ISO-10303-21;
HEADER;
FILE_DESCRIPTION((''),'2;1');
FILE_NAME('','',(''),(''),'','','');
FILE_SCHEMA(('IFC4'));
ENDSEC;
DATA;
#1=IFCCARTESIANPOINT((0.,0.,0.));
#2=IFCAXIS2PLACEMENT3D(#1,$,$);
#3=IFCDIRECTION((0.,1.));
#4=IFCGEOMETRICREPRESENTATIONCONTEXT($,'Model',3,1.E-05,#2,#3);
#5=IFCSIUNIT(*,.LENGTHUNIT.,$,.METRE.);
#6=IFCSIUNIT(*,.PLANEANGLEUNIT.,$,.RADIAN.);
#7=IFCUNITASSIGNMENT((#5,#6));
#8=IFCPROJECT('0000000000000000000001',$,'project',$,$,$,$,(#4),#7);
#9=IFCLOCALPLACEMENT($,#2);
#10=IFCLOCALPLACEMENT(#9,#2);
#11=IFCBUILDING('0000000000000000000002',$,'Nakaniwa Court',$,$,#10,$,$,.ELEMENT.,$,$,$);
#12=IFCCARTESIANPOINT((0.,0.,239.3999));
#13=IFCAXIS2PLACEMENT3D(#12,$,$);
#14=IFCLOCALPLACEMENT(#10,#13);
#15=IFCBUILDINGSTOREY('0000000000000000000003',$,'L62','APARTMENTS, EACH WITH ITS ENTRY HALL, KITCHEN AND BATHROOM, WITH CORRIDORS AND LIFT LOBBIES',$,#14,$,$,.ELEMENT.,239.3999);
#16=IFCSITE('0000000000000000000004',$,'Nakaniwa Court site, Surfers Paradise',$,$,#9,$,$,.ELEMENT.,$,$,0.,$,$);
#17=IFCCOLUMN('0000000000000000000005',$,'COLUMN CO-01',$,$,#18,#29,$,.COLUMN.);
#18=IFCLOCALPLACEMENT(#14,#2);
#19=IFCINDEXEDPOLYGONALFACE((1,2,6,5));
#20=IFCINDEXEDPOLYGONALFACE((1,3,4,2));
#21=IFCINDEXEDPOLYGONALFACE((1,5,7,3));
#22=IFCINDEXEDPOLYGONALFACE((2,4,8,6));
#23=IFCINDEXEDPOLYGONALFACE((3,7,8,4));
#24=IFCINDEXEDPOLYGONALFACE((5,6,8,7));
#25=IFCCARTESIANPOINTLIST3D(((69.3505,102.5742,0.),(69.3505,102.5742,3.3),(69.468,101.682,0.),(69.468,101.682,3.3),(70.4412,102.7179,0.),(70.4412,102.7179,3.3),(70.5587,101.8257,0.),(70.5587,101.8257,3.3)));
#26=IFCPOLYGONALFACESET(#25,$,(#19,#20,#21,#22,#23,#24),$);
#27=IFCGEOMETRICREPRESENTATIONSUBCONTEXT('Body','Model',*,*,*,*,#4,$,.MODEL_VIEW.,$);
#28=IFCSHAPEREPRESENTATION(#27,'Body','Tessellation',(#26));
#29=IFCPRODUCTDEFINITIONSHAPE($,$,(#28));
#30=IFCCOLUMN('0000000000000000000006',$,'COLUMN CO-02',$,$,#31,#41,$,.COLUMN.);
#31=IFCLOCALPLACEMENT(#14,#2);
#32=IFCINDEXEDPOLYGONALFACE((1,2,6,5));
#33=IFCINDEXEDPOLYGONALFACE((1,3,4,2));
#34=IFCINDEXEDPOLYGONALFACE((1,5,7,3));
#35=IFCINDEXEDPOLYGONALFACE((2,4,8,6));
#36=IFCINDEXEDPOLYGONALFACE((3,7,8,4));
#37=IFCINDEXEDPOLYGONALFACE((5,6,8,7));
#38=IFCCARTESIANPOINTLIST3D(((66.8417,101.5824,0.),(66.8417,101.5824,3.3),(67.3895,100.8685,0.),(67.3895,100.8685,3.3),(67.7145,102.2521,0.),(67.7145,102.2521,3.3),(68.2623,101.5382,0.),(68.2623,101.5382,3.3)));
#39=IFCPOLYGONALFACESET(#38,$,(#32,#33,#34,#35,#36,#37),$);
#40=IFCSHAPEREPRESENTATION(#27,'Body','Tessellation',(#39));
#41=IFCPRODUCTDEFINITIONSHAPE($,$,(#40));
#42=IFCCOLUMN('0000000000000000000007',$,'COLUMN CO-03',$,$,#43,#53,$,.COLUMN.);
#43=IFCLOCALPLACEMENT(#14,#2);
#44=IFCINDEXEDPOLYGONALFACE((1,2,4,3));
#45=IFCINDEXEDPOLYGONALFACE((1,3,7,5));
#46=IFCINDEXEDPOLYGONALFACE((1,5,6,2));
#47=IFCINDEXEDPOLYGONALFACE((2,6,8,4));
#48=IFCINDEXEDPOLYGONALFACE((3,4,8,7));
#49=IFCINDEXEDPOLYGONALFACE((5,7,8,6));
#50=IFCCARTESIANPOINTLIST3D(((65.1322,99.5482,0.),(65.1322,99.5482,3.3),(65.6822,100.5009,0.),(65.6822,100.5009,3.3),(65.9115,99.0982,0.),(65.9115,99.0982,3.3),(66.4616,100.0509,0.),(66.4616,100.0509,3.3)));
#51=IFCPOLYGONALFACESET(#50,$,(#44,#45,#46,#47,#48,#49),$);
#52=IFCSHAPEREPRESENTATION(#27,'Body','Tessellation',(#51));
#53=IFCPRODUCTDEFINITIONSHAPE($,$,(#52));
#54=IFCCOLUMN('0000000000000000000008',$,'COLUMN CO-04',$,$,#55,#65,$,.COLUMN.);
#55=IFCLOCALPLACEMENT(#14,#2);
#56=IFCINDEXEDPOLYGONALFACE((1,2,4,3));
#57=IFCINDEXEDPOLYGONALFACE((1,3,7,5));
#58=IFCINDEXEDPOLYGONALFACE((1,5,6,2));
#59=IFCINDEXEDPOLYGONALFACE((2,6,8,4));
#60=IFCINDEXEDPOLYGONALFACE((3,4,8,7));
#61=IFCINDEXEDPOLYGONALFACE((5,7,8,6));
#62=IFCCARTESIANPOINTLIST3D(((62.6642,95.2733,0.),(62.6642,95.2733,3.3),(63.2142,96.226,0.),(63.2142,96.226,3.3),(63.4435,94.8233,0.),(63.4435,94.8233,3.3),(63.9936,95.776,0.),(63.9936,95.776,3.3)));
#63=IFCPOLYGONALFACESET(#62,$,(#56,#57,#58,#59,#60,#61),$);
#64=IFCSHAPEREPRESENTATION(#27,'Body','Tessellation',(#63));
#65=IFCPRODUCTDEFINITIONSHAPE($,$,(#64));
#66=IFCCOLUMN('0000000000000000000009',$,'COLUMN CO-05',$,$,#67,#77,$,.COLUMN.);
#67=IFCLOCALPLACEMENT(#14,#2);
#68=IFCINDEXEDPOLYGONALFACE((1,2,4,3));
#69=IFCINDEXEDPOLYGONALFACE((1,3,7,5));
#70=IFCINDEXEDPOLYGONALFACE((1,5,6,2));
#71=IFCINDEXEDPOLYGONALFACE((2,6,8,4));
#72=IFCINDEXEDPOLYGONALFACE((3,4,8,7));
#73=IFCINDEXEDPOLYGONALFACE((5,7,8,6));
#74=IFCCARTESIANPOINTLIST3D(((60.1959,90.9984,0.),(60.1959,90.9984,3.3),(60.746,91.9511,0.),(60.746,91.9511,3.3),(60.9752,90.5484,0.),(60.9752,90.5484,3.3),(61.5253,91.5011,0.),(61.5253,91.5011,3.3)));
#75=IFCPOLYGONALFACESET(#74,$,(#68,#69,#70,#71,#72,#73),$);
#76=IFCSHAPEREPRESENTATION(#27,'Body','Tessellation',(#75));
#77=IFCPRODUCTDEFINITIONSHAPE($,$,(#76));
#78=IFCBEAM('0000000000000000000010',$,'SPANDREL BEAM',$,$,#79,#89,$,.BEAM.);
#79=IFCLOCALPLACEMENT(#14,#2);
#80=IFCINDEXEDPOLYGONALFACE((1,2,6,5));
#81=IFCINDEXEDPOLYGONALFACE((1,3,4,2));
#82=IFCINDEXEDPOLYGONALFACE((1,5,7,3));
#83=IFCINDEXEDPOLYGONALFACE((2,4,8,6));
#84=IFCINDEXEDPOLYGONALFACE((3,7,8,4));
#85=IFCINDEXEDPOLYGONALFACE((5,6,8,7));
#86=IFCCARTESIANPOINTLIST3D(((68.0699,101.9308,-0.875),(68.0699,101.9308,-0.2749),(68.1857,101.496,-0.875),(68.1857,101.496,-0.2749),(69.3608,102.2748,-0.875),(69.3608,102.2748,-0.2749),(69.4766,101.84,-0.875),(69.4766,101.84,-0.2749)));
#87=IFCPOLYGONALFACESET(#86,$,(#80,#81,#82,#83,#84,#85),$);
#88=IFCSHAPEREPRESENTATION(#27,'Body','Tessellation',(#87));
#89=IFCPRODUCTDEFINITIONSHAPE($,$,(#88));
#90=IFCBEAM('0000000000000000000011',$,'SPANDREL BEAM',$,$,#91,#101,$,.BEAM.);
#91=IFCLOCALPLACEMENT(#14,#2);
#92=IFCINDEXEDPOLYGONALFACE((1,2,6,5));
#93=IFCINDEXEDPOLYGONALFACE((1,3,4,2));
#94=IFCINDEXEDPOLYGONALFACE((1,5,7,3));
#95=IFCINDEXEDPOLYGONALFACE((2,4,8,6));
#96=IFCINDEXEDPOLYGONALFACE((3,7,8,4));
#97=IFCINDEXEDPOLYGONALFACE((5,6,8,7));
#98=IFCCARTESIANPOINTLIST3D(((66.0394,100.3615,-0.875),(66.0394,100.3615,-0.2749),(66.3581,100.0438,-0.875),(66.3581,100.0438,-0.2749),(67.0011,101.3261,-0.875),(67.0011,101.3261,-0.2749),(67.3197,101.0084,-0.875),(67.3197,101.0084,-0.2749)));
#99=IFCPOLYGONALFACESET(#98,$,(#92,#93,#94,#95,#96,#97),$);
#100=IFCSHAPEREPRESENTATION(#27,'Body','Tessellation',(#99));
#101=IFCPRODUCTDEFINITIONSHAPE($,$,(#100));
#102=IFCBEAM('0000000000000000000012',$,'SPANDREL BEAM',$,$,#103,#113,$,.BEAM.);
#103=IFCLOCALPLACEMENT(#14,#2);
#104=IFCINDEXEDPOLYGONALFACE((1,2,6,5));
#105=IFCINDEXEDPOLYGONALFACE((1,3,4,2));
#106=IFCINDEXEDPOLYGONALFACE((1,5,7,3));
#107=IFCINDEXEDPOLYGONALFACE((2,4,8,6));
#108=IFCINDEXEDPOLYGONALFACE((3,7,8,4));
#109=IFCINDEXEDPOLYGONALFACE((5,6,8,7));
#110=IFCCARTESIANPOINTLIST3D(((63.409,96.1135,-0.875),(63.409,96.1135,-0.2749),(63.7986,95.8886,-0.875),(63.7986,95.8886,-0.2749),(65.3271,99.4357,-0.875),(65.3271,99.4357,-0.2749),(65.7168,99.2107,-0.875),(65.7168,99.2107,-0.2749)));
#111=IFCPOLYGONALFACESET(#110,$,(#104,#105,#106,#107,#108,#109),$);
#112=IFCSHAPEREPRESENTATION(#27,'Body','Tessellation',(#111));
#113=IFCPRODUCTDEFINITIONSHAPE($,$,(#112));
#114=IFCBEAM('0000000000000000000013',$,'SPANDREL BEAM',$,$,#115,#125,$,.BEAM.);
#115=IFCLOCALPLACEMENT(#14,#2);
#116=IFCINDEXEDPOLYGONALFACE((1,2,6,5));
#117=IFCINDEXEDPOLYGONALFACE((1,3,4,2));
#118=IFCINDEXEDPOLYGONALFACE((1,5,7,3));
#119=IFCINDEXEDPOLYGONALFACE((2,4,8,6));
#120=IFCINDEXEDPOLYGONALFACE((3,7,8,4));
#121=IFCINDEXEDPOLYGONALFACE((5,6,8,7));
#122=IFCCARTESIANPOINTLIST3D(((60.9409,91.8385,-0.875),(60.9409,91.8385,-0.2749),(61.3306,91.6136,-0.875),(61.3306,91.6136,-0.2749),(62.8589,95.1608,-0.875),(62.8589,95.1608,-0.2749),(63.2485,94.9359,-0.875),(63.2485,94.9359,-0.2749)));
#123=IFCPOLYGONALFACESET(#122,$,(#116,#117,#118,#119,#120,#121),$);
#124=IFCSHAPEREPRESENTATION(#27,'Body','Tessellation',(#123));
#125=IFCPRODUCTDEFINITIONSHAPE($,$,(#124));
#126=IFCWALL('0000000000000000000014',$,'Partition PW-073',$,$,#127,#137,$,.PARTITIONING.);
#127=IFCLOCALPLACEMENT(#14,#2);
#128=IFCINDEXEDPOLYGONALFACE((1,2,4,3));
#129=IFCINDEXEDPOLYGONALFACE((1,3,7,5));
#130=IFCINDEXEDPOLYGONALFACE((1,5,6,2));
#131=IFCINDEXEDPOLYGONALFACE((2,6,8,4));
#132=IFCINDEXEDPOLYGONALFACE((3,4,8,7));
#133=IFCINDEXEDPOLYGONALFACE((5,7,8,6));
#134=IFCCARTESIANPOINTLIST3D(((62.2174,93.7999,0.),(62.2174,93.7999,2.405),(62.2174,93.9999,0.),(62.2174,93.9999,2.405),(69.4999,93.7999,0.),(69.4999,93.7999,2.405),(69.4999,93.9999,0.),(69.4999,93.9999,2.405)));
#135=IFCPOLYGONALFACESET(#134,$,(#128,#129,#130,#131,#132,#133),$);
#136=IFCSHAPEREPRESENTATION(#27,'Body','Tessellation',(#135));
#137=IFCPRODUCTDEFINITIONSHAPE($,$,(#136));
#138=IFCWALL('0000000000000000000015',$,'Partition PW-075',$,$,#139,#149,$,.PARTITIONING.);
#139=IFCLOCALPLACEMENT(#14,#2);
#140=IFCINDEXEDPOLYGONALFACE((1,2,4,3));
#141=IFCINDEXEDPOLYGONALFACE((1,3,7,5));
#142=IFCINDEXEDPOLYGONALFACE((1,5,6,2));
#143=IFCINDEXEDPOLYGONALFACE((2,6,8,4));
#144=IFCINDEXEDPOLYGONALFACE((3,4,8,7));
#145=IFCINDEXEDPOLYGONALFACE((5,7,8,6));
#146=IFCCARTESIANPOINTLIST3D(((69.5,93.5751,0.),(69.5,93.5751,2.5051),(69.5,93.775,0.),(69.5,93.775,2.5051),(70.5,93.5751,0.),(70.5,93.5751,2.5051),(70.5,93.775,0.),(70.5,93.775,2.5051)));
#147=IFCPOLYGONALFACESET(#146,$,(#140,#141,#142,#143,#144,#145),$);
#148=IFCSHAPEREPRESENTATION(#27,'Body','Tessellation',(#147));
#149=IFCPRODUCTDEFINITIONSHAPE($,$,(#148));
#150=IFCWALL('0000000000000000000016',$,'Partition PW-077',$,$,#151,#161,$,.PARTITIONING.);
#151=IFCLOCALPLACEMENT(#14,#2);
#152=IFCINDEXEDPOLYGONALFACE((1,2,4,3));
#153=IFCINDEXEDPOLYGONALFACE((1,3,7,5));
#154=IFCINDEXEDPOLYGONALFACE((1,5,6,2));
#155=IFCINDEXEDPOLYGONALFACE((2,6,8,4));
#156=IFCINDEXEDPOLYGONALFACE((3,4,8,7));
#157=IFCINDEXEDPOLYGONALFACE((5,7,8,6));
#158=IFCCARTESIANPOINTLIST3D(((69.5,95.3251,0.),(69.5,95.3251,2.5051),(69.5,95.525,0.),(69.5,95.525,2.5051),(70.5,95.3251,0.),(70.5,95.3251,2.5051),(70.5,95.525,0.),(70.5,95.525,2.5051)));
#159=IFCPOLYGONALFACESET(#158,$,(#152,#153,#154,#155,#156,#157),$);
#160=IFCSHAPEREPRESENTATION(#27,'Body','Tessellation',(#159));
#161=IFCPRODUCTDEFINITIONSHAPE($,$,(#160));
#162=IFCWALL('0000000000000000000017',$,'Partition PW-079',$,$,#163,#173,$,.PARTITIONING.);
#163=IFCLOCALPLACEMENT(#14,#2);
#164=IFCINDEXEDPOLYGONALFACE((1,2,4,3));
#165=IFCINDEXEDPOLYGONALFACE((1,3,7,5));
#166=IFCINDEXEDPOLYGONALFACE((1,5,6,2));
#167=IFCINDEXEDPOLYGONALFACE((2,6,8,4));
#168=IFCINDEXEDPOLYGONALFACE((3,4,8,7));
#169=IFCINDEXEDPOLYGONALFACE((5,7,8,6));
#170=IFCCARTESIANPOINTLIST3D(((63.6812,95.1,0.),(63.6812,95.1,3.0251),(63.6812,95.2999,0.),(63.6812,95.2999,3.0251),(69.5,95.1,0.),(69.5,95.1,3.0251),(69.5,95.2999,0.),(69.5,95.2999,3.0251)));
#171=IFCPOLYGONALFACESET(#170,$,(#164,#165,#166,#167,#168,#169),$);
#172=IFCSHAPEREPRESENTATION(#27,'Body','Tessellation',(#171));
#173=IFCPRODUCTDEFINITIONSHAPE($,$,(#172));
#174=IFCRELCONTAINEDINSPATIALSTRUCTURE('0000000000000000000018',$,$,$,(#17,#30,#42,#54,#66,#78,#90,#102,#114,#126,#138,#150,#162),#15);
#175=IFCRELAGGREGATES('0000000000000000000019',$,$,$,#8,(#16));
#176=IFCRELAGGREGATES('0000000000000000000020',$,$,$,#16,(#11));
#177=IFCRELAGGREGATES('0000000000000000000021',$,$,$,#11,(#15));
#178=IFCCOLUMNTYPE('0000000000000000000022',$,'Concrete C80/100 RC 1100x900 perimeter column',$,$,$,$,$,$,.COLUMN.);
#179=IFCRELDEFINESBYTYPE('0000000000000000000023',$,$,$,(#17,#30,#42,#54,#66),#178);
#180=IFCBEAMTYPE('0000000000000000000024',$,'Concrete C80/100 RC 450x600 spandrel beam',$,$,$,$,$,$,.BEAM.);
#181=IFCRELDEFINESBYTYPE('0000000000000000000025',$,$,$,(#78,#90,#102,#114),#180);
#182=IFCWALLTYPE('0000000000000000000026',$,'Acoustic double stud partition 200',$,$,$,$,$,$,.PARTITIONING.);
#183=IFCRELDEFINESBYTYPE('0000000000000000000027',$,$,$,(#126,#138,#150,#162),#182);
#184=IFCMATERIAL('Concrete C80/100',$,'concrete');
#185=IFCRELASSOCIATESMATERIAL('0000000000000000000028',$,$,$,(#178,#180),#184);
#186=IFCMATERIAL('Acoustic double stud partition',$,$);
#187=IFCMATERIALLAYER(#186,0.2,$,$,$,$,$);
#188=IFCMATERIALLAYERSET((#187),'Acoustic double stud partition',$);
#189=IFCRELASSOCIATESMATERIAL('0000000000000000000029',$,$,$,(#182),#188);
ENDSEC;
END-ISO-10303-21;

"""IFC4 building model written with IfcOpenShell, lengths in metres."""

from ifc_helpers import new_model, si_unit, direction, frame, frame_2d, origin, origin_2d, place, context, subcontext, project, spatial, rectangle, extrude, material, layer, layer_set, material_profile, profile_set, type_object, element, save


model = new_model("IFC4")

# Units and contexts
model_context = context("Model", 3, precision=1e-05, world=origin(), true_north=direction((0.0, 1.0)))
body_context = subcontext(model_context, "Body", "Model", "MODEL_VIEW")
ifc_project = project(units=[si_unit("LENGTHUNIT", "METRE"), si_unit("PLANEANGLEUNIT", "RADIAN")], contexts=[model_context])

# Site, building, storey
site_placement = place(None, origin())
site = spatial("IfcSite", under=ifc_project, at=site_placement, Name="Nakaniwa Court site, Surfers Paradise", CompositionType="ELEMENT", RefElevation=0.0)
building_placement = place(site_placement, origin())
building = spatial("IfcBuilding", under=site, at=building_placement, Name="Nakaniwa Court", CompositionType="ELEMENT")
storey_placement = place(building_placement, frame((0.0, 0.0, 239.3999)))
storey = spatial("IfcBuildingStorey", under=building, at=storey_placement, Name="L62", Description="APARTMENTS, EACH WITH ITS ENTRY HALL, KITCHEN AND BATHROOM, WITH CORRIDORS AND LIFT LOBBIES", CompositionType="ELEMENT", Elevation=239.3999)

# Columns
ifc_material_1 = material(Name="Concrete C80/100", Category="concrete")
ifc_material_profile_1 = material_profile(ifc_material_1, rectangle(XDim=1.1001, YDim=0.8999, at=origin_2d()), Name="Concrete C80/100 RC 1100x900 perimeter column")
ifc_profile_set_1 = profile_set([ifc_material_profile_1], Name="Concrete C80/100")
column_type = type_object("IfcColumnType", Name="Concrete C80/100 RC 1100x900 perimeter column", PredefinedType="COLUMN", material=ifc_profile_set_1)
for number, where, z_axis, x_axis, name in (
    (1, (69.9546, 102.2, 0.0), (0.0, 0.0, 1.0), (-0.991443, -0.130543, 0.0), "COLUMN CO-01"),
    (2, (67.552, 101.5603, 0.0), (0.0, 0.0, 1.0), (-0.793364, -0.608748, 0.0), "COLUMN CO-02"),
    (3, (65.7969, 99.7996, 0.0), (0.0, 0.0, 1.0), (-0.5, -0.866025, 0.0), "COLUMN CO-03"),
    (4, (63.3289, 95.5247, 0.0), (0.0, 0.0, 1.0), (-0.5, -0.866025, 0.0), "COLUMN CO-04"),
    (5, (60.8606, 91.2498, 0.0), (0.0, 0.0, 1.0), (-0.5, -0.866025, 0.0), "COLUMN CO-05"),
):
    element("IfcColumn", number, at=place(storey_placement, frame(where, z_axis=z_axis, x_axis=x_axis)), inside=storey, type_object=column_type, Name=name, PredefinedType="COLUMN", context=body_context, shape_type="SweptSolid", body=[
        extrude(rectangle(XDim=1.1001, YDim=0.8999, at=origin_2d()), origin(), (0.0, 0.0, 1.0), 3.3),
    ])

# Beams
ifc_material_profile_2 = material_profile(ifc_material_1, rectangle(XDim=0.45, YDim=0.6001, at=origin_2d()), Name="Concrete C80/100 RC 450x600 spandrel beam")
ifc_profile_set_2 = profile_set([ifc_material_profile_2], Name="Concrete C80/100")
beam_type = type_object("IfcBeamType", Name="Concrete C80/100 RC 450x600 spandrel beam", PredefinedType="BEAM", material=ifc_profile_set_2)
beam_1_placement = place(storey_placement, frame((69.4187, 102.0574, -0.575), z_axis=(-0.966286, -0.257469, 0.0), x_axis=(0.257469, -0.966286, 0.0)))
element("IfcBeam", 6, at=beam_1_placement, inside=storey, type_object=beam_type, Name="SPANDREL BEAM", PredefinedType="BEAM", context=body_context, shape_type="SweptSolid", body=[
    extrude(rectangle(XDim=0.45, YDim=0.6001, at=origin_2d()), origin(), (0.0, 0.0, 1.0), 1.3359),
])
beam_2_placement = place(storey_placement, frame((67.1604, 101.1672, -0.575), z_axis=(-0.706031, -0.708181, 0.0), x_axis=(0.708181, -0.706031, 0.0)))
element("IfcBeam", 7, at=beam_2_placement, inside=storey, type_object=beam_type, Name="SPANDREL BEAM", PredefinedType="BEAM", context=body_context, shape_type="SweptSolid", body=[
    extrude(rectangle(XDim=0.45, YDim=0.6001, at=origin_2d()), origin(), (0.0, 0.0, 1.0), 1.3621),
])
for number, where, z_axis, x_axis, name in (
    (8, (65.522, 99.3232, -0.575), (-0.50002, -0.866014, 0.0), (0.866014, -0.50002, 0.0), "SPANDREL BEAM"),
    (9, (63.0537, 95.0483, -0.575), (-0.499972, -0.866041, 0.0), (0.866041, -0.499972, 0.0), "SPANDREL BEAM"),
):
    element("IfcBeam", number, at=place(storey_placement, frame(where, z_axis=z_axis, x_axis=x_axis)), inside=storey, type_object=beam_type, Name=name, PredefinedType="BEAM", context=body_context, shape_type="SweptSolid", body=[
        extrude(rectangle(XDim=0.45, YDim=0.6001, at=origin_2d()), origin(), (0.0, 0.0, 1.0), 3.8362),
    ])

# Walls
ifc_material_2 = material(Name="Acoustic double stud partition")
ifc_layer_1 = layer(ifc_material_2, 0.2)
ifc_layer_set_1 = layer_set([ifc_layer_1], Name="Acoustic double stud partition")
wall_type_1 = type_object("IfcWallType", Name="Acoustic double stud partition 200", PredefinedType="PARTITIONING", material=ifc_layer_set_1)
wall_1_placement = place(storey_placement, frame((62.2175, 93.8999, 0.0), z_axis=(0.0, 0.0, 1.0), x_axis=(1.0, 0.0, 0.0)))
element("IfcWall", 10, at=wall_1_placement, inside=storey, type_object=wall_type_1, Name="Partition PW-073", PredefinedType="PARTITIONING", context=body_context, shape_type="SweptSolid", body=[
    extrude(rectangle(XDim=7.2825, YDim=0.2, at=frame_2d((3.6411, 0.0))), origin(), (0.0, 0.0, 1.0), 2.405),
])
for number, where, z_axis, x_axis, name in (
    (11, (69.5, 93.675, 0.0), (0.0, 0.0, 1.0), (1.0, 0.0, 0.0), "Partition PW-075"),
    (12, (69.5, 95.425, 0.0), (0.0, 0.0, 1.0), (1.0, 0.0, 0.0), "Partition PW-077"),
):
    element("IfcWall", number, at=place(storey_placement, frame(where, z_axis=z_axis, x_axis=x_axis)), inside=storey, type_object=wall_type_1, Name=name, PredefinedType="PARTITIONING", context=body_context, shape_type="SweptSolid", body=[
        extrude(rectangle(XDim=1.0, YDim=0.2, at=frame_2d((0.5, 0.0))), origin(), (0.0, 0.0, 1.0), 2.5051),
    ])
wall_2_placement = place(storey_placement, frame((63.6812, 95.2, 0.0), z_axis=(0.0, 0.0, 1.0), x_axis=(1.0, 0.0, 0.0)))
element("IfcWall", 13, at=wall_2_placement, inside=storey, type_object=wall_type_1, Name="Partition PW-079", PredefinedType="PARTITIONING", context=body_context, shape_type="SweptSolid", body=[
    extrude(rectangle(XDim=5.8188, YDim=0.2, at=frame_2d((2.9094, 0.0))), origin(), (0.0, 0.0, 1.0), 3.0251),
])

save(model, "model.ifc")
